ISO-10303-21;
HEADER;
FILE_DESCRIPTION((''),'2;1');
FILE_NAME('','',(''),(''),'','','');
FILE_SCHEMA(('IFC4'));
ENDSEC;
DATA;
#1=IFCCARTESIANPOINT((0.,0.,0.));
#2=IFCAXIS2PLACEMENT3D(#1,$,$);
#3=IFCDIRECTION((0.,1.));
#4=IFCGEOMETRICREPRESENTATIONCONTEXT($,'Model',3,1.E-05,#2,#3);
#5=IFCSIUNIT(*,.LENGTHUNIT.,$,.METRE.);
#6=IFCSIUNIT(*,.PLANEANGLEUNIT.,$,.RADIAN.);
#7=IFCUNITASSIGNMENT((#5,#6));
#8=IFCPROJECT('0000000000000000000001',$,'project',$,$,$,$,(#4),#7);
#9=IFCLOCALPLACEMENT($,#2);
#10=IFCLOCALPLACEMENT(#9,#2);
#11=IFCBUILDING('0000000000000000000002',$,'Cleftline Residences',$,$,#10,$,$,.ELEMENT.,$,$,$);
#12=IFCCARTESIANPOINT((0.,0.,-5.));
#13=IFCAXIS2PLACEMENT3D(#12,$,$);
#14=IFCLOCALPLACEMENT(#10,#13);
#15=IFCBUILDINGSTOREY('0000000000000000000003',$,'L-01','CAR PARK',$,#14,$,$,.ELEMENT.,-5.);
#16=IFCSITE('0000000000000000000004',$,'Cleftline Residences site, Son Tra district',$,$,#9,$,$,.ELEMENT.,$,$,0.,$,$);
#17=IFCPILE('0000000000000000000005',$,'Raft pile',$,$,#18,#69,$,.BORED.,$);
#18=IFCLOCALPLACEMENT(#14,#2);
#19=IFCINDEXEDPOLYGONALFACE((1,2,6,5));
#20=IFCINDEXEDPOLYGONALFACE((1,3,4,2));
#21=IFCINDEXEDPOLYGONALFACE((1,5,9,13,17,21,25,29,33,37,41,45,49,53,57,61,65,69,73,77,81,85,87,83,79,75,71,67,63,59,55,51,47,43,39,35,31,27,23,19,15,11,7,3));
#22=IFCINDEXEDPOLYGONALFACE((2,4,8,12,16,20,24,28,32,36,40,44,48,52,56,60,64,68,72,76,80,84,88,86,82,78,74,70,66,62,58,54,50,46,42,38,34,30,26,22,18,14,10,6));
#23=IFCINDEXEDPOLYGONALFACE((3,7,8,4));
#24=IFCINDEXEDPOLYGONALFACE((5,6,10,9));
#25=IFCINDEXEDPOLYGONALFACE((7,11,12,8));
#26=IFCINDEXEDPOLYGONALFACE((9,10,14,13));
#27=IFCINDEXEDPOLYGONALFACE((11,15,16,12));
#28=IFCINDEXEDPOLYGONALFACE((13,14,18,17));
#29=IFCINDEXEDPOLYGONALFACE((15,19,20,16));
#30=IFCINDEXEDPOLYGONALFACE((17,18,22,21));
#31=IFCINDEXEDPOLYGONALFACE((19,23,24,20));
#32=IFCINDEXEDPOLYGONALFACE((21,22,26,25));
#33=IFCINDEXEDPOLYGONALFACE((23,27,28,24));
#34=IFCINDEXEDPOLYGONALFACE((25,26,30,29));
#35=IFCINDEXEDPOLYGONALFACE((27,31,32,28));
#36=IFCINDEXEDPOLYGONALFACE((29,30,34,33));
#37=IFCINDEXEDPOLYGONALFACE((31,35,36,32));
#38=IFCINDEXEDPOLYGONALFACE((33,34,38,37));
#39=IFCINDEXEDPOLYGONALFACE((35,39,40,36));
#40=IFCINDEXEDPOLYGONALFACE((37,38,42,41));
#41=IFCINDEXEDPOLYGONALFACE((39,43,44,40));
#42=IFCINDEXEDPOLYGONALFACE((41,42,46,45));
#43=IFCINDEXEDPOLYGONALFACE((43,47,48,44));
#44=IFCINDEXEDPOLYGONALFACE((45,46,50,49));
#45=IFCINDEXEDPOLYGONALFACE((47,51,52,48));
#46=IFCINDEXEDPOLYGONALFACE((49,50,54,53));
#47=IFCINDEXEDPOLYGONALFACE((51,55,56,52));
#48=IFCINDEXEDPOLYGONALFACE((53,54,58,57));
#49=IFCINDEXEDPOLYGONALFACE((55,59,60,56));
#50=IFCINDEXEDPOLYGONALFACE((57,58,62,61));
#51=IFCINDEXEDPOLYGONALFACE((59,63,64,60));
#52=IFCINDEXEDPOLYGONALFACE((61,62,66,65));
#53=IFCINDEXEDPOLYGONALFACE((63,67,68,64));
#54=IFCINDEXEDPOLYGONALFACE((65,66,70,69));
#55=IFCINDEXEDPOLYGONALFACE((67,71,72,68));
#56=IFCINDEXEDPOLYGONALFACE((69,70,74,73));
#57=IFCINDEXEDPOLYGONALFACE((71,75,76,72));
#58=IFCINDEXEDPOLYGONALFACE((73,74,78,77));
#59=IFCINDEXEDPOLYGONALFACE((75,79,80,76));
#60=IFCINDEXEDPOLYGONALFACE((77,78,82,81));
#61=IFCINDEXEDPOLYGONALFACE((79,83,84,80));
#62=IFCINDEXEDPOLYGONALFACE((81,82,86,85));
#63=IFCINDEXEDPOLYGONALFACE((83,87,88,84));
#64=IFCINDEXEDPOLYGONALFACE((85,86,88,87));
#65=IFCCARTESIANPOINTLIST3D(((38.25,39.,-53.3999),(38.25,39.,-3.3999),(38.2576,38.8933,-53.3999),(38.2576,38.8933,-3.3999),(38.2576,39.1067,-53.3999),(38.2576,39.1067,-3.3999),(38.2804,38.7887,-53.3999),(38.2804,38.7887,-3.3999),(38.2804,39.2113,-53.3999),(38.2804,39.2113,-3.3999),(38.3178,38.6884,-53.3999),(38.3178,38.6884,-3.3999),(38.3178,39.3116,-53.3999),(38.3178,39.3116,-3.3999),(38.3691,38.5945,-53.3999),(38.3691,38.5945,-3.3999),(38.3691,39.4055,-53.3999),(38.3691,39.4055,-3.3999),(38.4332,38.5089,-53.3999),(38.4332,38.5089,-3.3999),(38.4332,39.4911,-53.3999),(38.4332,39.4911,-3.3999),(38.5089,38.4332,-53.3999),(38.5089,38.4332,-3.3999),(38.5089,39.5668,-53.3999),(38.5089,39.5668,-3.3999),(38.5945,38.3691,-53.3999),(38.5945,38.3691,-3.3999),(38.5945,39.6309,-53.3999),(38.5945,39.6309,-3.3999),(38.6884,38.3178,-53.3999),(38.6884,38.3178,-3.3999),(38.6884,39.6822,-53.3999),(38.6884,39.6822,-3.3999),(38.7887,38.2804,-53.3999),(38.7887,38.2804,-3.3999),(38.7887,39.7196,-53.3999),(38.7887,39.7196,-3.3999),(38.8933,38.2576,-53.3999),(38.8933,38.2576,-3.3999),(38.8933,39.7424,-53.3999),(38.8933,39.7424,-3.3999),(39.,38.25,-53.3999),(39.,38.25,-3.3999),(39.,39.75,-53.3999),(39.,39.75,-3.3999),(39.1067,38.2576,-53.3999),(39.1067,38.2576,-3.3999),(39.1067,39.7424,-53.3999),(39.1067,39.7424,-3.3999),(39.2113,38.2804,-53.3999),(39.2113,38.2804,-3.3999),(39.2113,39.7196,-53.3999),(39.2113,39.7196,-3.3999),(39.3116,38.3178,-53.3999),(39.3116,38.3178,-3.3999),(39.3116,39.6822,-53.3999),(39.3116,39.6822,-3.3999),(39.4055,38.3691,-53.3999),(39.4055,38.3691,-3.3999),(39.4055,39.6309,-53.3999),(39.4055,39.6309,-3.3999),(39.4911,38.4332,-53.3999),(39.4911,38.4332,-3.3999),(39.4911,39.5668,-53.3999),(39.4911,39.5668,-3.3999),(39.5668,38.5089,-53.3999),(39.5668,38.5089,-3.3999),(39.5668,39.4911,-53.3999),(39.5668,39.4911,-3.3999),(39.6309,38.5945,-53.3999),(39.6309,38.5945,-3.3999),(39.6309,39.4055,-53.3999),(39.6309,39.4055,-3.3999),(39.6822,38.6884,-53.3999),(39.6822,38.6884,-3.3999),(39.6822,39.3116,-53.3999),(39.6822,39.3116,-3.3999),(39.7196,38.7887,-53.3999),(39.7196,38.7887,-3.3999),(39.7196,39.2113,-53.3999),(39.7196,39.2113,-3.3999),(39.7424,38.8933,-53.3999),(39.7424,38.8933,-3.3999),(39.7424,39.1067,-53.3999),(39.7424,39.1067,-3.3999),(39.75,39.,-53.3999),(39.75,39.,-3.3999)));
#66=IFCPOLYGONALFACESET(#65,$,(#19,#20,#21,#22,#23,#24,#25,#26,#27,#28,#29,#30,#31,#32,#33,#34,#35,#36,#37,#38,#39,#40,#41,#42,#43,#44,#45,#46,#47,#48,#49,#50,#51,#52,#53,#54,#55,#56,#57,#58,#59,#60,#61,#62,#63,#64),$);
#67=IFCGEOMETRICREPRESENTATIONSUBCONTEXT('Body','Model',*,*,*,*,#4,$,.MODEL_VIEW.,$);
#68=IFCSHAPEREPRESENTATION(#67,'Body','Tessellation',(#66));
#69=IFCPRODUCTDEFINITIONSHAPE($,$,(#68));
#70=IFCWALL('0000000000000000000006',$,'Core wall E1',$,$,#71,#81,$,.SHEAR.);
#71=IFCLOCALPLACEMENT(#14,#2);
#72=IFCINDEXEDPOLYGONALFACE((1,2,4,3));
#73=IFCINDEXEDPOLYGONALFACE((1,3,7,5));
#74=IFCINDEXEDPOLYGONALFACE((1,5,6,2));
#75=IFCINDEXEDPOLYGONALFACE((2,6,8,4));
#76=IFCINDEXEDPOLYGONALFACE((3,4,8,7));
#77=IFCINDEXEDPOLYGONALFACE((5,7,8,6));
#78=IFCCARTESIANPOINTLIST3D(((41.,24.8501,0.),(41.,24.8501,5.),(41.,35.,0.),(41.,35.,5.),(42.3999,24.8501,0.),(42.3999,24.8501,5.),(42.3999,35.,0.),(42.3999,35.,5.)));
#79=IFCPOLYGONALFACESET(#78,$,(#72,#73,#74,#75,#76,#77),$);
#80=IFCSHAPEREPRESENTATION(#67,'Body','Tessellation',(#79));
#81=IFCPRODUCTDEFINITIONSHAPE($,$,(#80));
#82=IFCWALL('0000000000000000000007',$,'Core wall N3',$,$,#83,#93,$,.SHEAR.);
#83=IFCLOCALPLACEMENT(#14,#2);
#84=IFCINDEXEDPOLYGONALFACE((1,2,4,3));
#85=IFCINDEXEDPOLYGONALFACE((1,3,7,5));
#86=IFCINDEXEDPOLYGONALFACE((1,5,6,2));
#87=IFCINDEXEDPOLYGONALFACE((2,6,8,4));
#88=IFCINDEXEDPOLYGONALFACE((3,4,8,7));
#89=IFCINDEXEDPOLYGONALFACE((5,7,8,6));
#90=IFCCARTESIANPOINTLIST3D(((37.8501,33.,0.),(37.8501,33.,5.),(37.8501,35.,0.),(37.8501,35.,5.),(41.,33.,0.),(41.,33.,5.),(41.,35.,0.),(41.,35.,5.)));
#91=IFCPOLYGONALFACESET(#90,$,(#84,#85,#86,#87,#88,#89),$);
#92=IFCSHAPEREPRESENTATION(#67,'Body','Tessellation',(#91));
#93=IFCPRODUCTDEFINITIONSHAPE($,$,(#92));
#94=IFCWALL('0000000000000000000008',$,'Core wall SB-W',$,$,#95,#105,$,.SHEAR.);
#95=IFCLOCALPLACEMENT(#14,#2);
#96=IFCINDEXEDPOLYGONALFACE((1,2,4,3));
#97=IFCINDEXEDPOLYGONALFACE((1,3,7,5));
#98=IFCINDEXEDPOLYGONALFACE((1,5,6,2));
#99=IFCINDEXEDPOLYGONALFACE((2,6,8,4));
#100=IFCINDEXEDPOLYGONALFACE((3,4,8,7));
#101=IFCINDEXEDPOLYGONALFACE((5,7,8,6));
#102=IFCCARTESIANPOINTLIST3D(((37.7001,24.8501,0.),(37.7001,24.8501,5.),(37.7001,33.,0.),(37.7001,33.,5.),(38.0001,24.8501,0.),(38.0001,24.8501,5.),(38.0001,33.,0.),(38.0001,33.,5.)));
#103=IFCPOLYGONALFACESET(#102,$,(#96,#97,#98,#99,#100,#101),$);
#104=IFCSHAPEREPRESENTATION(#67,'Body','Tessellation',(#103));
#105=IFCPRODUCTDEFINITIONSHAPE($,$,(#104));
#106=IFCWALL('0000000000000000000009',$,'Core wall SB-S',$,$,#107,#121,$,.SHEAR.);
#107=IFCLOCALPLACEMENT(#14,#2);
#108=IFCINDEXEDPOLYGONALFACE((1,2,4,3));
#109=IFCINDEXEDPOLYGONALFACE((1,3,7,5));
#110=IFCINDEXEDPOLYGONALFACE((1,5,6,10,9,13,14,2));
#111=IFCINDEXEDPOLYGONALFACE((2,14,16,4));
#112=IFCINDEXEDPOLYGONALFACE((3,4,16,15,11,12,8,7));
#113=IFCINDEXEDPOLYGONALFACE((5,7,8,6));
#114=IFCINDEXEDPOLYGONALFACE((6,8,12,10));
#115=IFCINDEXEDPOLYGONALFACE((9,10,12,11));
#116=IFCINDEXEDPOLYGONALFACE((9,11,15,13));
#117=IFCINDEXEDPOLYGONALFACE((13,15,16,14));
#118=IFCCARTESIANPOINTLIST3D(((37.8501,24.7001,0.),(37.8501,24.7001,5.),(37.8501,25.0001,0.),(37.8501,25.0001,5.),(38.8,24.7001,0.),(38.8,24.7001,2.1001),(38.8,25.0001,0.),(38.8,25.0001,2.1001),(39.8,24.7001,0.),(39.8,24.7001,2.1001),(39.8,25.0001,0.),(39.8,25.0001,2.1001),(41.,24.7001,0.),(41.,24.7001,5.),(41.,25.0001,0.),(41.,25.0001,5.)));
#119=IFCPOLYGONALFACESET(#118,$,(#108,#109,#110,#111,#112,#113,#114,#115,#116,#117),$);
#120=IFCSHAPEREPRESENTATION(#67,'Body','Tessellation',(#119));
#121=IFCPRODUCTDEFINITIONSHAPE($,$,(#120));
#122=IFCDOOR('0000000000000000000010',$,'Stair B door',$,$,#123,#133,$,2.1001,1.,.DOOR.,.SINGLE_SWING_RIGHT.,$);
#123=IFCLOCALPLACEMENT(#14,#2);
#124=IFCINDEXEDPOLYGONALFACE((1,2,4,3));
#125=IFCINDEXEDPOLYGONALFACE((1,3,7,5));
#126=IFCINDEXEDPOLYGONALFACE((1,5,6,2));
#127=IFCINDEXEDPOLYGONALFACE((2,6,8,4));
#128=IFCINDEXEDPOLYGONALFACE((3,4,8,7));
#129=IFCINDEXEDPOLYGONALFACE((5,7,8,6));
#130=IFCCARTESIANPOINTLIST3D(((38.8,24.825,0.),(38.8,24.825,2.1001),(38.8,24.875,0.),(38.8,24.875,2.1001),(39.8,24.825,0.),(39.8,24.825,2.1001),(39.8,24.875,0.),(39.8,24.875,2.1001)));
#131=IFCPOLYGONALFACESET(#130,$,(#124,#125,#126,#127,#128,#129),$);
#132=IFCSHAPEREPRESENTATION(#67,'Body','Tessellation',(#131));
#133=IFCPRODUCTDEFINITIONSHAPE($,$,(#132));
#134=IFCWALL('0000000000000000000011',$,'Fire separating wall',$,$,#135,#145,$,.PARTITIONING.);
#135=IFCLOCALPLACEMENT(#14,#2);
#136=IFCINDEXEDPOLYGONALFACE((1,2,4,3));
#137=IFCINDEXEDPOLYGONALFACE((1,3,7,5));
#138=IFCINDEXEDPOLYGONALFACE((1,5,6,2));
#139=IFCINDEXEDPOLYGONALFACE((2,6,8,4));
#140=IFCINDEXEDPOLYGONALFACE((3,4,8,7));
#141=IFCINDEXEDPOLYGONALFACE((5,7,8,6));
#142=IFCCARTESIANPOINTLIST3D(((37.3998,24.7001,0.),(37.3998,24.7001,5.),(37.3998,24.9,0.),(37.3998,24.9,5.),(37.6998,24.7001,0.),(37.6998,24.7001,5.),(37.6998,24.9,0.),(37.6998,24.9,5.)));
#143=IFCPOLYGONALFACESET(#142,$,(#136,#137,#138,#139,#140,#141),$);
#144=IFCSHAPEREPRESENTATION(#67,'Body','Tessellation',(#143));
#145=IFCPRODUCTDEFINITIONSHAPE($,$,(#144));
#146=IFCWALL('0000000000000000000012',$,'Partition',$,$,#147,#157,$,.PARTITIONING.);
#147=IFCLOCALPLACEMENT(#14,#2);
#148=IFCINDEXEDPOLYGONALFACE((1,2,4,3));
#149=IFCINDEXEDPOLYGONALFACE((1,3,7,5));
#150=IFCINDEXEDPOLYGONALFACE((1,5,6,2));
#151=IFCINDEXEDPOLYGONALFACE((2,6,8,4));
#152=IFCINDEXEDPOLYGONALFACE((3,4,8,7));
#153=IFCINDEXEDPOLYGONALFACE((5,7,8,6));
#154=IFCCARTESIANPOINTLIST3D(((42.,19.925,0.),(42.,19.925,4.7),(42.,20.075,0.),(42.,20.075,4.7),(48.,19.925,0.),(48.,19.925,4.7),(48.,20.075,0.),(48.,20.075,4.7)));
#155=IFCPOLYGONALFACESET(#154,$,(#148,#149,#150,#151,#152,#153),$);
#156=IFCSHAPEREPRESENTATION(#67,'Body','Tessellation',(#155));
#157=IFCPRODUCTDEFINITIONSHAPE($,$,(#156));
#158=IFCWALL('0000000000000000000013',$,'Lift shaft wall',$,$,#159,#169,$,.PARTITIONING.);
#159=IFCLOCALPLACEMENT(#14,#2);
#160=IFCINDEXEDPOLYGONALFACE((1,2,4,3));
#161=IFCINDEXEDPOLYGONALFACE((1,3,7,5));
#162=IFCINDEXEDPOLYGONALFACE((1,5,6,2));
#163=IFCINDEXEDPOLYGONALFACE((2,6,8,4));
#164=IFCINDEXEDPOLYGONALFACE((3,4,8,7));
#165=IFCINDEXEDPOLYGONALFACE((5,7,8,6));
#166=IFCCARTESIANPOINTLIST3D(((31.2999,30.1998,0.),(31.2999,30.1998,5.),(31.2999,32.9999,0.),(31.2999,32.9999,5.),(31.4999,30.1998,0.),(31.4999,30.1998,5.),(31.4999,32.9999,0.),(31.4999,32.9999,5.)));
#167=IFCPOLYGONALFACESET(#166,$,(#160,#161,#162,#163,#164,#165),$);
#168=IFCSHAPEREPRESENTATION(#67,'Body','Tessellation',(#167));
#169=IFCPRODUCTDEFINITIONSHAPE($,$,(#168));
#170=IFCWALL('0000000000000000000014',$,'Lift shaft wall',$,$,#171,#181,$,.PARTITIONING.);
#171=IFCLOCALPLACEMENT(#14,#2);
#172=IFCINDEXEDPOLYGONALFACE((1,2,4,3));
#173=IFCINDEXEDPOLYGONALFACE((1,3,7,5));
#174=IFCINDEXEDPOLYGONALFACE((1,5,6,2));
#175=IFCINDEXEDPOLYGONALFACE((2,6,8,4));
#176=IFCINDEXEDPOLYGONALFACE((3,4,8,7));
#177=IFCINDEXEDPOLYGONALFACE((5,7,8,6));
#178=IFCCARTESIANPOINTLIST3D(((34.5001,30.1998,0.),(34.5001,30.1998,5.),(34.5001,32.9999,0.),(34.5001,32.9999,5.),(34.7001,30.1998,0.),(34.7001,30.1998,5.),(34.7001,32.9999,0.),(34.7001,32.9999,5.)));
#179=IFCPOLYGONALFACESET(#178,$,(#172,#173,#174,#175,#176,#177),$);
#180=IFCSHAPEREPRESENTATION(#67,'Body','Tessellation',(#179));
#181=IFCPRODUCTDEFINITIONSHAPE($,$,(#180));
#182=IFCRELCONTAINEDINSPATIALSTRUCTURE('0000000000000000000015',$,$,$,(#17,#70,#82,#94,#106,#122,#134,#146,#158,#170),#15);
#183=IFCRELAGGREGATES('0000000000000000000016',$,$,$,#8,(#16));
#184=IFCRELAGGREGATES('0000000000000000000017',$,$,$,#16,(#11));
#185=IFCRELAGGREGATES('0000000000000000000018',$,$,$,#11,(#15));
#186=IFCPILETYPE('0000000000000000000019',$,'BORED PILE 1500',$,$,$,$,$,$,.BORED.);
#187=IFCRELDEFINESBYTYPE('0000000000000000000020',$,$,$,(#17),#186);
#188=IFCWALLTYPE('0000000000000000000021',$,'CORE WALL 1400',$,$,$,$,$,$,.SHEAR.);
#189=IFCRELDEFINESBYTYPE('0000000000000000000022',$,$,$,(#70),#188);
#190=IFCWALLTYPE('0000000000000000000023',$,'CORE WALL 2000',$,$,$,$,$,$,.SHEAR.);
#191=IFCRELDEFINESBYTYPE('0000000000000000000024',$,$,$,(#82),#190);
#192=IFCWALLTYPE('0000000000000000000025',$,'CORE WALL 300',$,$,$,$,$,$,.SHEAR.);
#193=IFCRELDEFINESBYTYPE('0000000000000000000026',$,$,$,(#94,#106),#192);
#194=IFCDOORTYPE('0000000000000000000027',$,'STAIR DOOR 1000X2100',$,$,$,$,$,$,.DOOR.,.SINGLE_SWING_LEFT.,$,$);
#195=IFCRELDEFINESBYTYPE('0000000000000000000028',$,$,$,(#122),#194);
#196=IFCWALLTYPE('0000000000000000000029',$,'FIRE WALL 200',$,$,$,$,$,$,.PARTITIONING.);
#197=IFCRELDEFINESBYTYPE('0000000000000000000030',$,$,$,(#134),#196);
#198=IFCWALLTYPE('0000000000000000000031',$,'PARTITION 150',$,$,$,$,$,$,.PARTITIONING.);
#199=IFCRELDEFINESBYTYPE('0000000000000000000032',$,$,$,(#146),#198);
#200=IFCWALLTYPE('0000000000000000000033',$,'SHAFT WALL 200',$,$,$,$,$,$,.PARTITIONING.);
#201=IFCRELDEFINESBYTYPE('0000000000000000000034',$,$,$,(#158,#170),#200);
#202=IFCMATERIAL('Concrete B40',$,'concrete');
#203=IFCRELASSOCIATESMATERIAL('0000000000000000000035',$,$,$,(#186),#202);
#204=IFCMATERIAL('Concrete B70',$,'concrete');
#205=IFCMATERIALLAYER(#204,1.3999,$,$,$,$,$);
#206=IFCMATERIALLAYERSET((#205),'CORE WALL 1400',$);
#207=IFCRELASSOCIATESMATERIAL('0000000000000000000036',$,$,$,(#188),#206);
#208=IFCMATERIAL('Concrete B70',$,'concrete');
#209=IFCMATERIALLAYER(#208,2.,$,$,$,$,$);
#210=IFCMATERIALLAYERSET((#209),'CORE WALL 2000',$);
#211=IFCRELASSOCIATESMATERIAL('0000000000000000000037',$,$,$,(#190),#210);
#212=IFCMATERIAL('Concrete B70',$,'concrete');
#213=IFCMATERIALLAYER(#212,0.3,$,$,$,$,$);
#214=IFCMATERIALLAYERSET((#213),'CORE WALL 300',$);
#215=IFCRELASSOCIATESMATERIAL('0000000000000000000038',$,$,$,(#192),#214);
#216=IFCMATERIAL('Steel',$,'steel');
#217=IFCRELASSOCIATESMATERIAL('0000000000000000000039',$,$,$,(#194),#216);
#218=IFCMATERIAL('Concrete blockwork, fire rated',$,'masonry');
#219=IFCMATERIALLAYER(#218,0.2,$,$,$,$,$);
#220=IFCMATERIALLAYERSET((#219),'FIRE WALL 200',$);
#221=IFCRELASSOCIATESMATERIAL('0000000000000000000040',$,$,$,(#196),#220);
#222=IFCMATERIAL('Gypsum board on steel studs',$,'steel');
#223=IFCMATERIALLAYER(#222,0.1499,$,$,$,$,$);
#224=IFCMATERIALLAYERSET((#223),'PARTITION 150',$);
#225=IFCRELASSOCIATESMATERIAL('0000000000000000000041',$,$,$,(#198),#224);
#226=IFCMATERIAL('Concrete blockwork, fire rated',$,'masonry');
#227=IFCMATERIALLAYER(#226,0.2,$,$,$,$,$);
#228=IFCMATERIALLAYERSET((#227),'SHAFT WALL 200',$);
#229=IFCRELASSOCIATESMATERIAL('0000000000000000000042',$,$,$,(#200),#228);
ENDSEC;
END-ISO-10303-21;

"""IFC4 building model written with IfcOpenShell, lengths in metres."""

from ifc_helpers import new_model, si_unit, direction, frame, frame_2d, origin, origin_2d, place, context, subcontext, project, spatial, rectangle, circle, extrude, material, layer, layer_set, material_profile, profile_set, type_object, element, fill, save


model = new_model("IFC4")

# Units and contexts
model_context = context("Model", 3, precision=1e-05, world=origin(), true_north=direction((0.0, 1.0)))
body_context = subcontext(model_context, "Body", "Model", "MODEL_VIEW")
ifc_project = project(units=[si_unit("LENGTHUNIT", "METRE"), si_unit("PLANEANGLEUNIT", "RADIAN")], contexts=[model_context])

# Site, building, storey
site_placement = place(None, origin())
site = spatial("IfcSite", under=ifc_project, at=site_placement, Name="Cleftline Residences site, Son Tra district", CompositionType="ELEMENT", RefElevation=0.0)
building_placement = place(site_placement, origin())
building = spatial("IfcBuilding", under=site, at=building_placement, Name="Cleftline Residences", CompositionType="ELEMENT")
storey_placement = place(building_placement, frame((0.0, 0.0, -5.0)))
storey = spatial("IfcBuildingStorey", under=building, at=storey_placement, Name="L-01", Description="CAR PARK", CompositionType="ELEMENT", Elevation=-5.0)

# Pile
ifc_material_1 = material(Name="Concrete B40", Category="concrete")
ifc_material_profile = material_profile(ifc_material_1, circle(Radius=0.75, at=origin_2d()))
ifc_profile_set = profile_set([ifc_material_profile], Name="Concrete B40")
pile_type = type_object("IfcPileType", Name="BORED PILE 1500", PredefinedType="BORED", material=ifc_profile_set)
for number, where, z_axis, x_axis, name in (
    (1, (39.0, 39.0, -3.3999), (0.0, 0.0, -1.0), (1.0, 0.0, 0.0), "Raft pile"),
):
    element("IfcPile", number, at=place(storey_placement, frame(where, z_axis=z_axis, x_axis=x_axis)), inside=storey, type_object=pile_type, Name=name, PredefinedType="BORED", context=body_context, shape_type="SweptSolid", body=[
        extrude(circle(Radius=0.75, at=origin_2d()), origin(), (0.0, 0.0, 1.0), 50.0),
    ])

# Walls
ifc_material_2 = material(Name="Concrete B70", Category="concrete")
ifc_layer_1 = layer(ifc_material_2, 1.3999)
ifc_layer_set_1 = layer_set([ifc_layer_1], Name="CORE WALL 1400")
wall_type_1 = type_object("IfcWallType", Name="CORE WALL 1400", PredefinedType="SHEAR", material=ifc_layer_set_1)
wall_1_placement = place(storey_placement, frame((41.7, 24.8501, 0.0), z_axis=(0.0, 0.0, 1.0), x_axis=(0.0, 1.0, 0.0)))
element("IfcWall", 2, at=wall_1_placement, inside=storey, type_object=wall_type_1, Name="Core wall E1", PredefinedType="SHEAR", context=body_context, shape_type="SweptSolid", body=[
    extrude(rectangle(XDim=10.1499, YDim=1.3999, at=frame_2d((5.075, 0.0))), origin(), (0.0, 0.0, 1.0), 5.0),
])
ifc_material_3 = material(Name="Concrete B70", Category="concrete")
ifc_layer_2 = layer(ifc_material_3, 2.0)
ifc_layer_set_2 = layer_set([ifc_layer_2], Name="CORE WALL 2000")
wall_type_2 = type_object("IfcWallType", Name="CORE WALL 2000", PredefinedType="SHEAR", material=ifc_layer_set_2)
wall_2_placement = place(storey_placement, frame((37.8501, 34.0, 0.0), z_axis=(0.0, 0.0, 1.0), x_axis=(1.0, 0.0, 0.0)))
element("IfcWall", 3, at=wall_2_placement, inside=storey, type_object=wall_type_2, Name="Core wall N3", PredefinedType="SHEAR", context=body_context, shape_type="SweptSolid", body=[
    extrude(rectangle(XDim=3.1499, YDim=2.0, at=frame_2d((1.575, 0.0))), origin(), (0.0, 0.0, 1.0), 5.0),
])
ifc_material_4 = material(Name="Concrete B70", Category="concrete")
ifc_layer_3 = layer(ifc_material_4, 0.3)
ifc_layer_set_3 = layer_set([ifc_layer_3], Name="CORE WALL 300")
wall_type_3 = type_object("IfcWallType", Name="CORE WALL 300", PredefinedType="SHEAR", material=ifc_layer_set_3)
wall_3_placement = place(storey_placement, frame((37.8501, 24.8501, 0.0), z_axis=(0.0, 0.0, 1.0), x_axis=(0.0, 1.0, 0.0)))
element("IfcWall", 4, at=wall_3_placement, inside=storey, type_object=wall_type_3, Name="Core wall SB-W", PredefinedType="SHEAR", context=body_context, shape_type="SweptSolid", body=[
    extrude(rectangle(XDim=8.1499, YDim=0.3, at=frame_2d((4.075, 0.0))), origin(), (0.0, 0.0, 1.0), 5.0),
])

# Wall, opening, door
wall_4_placement = place(storey_placement, frame((37.8501, 24.8501, 0.0), z_axis=(0.0, 0.0, 1.0), x_axis=(1.0, 0.0, 0.0)))
wall_4 = element("IfcWall", 5, at=wall_4_placement, inside=storey, type_object=wall_type_3, Name="Core wall SB-S", PredefinedType="SHEAR", context=body_context, shape_type="SweptSolid", body=[
    extrude(rectangle(XDim=3.1499, YDim=0.3, at=frame_2d((1.575, 0.0))), origin(), (0.0, 0.0, 1.0), 5.0),
])
opening_1_placement = place(wall_4_placement, frame((0.95, 0.0, 0.0)))
opening_1 = element("IfcOpeningElement", 6, at=opening_1_placement, cuts=wall_4, PredefinedType="OPENING", context=body_context, shape_type="SweptSolid", body=[
    extrude(rectangle(XDim=1.0, YDim=2.1001, at=frame_2d((0.5, 1.05))), frame((0.0, 0.1599, 0.0), z_axis=(0.0, -1.0, 0.0), x_axis=(1.0, 0.0, 0.0)), (0.0, 0.0, 1.0), 0.3201),
])
ifc_material_5 = material(Name="Steel", Category="steel")
door_type_1 = type_object("IfcDoorType", Name="STAIR DOOR 1000X2100", OperationType="SINGLE_SWING_LEFT", PredefinedType="DOOR", material=ifc_material_5)
door_1_placement = place(opening_1_placement, origin())
door_1 = element("IfcDoor", 7, at=door_1_placement, inside=storey, type_object=door_type_1, Name="Stair B door", OperationType="SINGLE_SWING_RIGHT", OverallHeight=2.1001, OverallWidth=1.0, PredefinedType="DOOR", context=body_context, shape_type="SweptSolid", body=[
    extrude(rectangle(XDim=1.0, YDim=2.1001, at=frame_2d((0.5, 1.05))), frame((0.0, 0.0249, 0.0), z_axis=(0.0, -1.0, 0.0), x_axis=(1.0, 0.0, 0.0)), (0.0, 0.0, 1.0), 0.05),
])
fill(opening_1, door_1)

# Walls
ifc_material_6 = material(Name="Concrete blockwork, fire rated", Category="masonry")
ifc_layer_4 = layer(ifc_material_6, 0.2)
ifc_layer_set_4 = layer_set([ifc_layer_4], Name="FIRE WALL 200")
wall_type_4 = type_object("IfcWallType", Name="FIRE WALL 200", PredefinedType="PARTITIONING", material=ifc_layer_set_4)
wall_5_placement = place(storey_placement, frame((37.3999, 24.8, 0.0), z_axis=(0.0, 0.0, 1.0), x_axis=(1.0, 0.0, 0.0)))
element("IfcWall", 8, at=wall_5_placement, inside=storey, type_object=wall_type_4, Name="Fire separating wall", PredefinedType="PARTITIONING", context=body_context, shape_type="SweptSolid", body=[
    extrude(rectangle(XDim=0.3, YDim=0.2, at=frame_2d((0.1499, 0.0))), origin(), (0.0, 0.0, 1.0), 5.0),
])
ifc_material_7 = material(Name="Gypsum board on steel studs", Category="steel")
ifc_layer_5 = layer(ifc_material_7, 0.1499)
ifc_layer_set_5 = layer_set([ifc_layer_5], Name="PARTITION 150")
wall_type_5 = type_object("IfcWallType", Name="PARTITION 150", PredefinedType="PARTITIONING", material=ifc_layer_set_5)
wall_6_placement = place(storey_placement, frame((42.0, 20.0, 0.0), z_axis=(0.0, 0.0, 1.0), x_axis=(1.0, 0.0, 0.0)))
element("IfcWall", 9, at=wall_6_placement, inside=storey, type_object=wall_type_5, Name="Partition", PredefinedType="PARTITIONING", context=body_context, shape_type="SweptSolid", body=[
    extrude(rectangle(XDim=6.0, YDim=0.1499, at=frame_2d((3.0, 0.0))), origin(), (0.0, 0.0, 1.0), 4.7),
])
ifc_material_8 = material(Name="Concrete blockwork, fire rated", Category="masonry")
ifc_layer_6 = layer(ifc_material_8, 0.2)
ifc_layer_set_6 = layer_set([ifc_layer_6], Name="SHAFT WALL 200")
wall_type_6 = type_object("IfcWallType", Name="SHAFT WALL 200", PredefinedType="PARTITIONING", material=ifc_layer_set_6)
for number, where, z_axis, x_axis, name in (
    (10, (31.3999, 30.2, 0.0), (0.0, 0.0, 1.0), (0.0, 1.0, 0.0), "Lift shaft wall"),
    (11, (34.6001, 30.2, 0.0), (0.0, 0.0, 1.0), (0.0, 1.0, 0.0), "Lift shaft wall"),
):
    element("IfcWall", number, at=place(storey_placement, frame(where, z_axis=z_axis, x_axis=x_axis)), inside=storey, type_object=wall_type_6, Name=name, PredefinedType="PARTITIONING", context=body_context, shape_type="SweptSolid", body=[
        extrude(rectangle(XDim=2.8, YDim=0.2, at=frame_2d((1.3999, 0.0))), origin(), (0.0, 0.0, 1.0), 5.0),
    ])

save(model, "model.ifc")
